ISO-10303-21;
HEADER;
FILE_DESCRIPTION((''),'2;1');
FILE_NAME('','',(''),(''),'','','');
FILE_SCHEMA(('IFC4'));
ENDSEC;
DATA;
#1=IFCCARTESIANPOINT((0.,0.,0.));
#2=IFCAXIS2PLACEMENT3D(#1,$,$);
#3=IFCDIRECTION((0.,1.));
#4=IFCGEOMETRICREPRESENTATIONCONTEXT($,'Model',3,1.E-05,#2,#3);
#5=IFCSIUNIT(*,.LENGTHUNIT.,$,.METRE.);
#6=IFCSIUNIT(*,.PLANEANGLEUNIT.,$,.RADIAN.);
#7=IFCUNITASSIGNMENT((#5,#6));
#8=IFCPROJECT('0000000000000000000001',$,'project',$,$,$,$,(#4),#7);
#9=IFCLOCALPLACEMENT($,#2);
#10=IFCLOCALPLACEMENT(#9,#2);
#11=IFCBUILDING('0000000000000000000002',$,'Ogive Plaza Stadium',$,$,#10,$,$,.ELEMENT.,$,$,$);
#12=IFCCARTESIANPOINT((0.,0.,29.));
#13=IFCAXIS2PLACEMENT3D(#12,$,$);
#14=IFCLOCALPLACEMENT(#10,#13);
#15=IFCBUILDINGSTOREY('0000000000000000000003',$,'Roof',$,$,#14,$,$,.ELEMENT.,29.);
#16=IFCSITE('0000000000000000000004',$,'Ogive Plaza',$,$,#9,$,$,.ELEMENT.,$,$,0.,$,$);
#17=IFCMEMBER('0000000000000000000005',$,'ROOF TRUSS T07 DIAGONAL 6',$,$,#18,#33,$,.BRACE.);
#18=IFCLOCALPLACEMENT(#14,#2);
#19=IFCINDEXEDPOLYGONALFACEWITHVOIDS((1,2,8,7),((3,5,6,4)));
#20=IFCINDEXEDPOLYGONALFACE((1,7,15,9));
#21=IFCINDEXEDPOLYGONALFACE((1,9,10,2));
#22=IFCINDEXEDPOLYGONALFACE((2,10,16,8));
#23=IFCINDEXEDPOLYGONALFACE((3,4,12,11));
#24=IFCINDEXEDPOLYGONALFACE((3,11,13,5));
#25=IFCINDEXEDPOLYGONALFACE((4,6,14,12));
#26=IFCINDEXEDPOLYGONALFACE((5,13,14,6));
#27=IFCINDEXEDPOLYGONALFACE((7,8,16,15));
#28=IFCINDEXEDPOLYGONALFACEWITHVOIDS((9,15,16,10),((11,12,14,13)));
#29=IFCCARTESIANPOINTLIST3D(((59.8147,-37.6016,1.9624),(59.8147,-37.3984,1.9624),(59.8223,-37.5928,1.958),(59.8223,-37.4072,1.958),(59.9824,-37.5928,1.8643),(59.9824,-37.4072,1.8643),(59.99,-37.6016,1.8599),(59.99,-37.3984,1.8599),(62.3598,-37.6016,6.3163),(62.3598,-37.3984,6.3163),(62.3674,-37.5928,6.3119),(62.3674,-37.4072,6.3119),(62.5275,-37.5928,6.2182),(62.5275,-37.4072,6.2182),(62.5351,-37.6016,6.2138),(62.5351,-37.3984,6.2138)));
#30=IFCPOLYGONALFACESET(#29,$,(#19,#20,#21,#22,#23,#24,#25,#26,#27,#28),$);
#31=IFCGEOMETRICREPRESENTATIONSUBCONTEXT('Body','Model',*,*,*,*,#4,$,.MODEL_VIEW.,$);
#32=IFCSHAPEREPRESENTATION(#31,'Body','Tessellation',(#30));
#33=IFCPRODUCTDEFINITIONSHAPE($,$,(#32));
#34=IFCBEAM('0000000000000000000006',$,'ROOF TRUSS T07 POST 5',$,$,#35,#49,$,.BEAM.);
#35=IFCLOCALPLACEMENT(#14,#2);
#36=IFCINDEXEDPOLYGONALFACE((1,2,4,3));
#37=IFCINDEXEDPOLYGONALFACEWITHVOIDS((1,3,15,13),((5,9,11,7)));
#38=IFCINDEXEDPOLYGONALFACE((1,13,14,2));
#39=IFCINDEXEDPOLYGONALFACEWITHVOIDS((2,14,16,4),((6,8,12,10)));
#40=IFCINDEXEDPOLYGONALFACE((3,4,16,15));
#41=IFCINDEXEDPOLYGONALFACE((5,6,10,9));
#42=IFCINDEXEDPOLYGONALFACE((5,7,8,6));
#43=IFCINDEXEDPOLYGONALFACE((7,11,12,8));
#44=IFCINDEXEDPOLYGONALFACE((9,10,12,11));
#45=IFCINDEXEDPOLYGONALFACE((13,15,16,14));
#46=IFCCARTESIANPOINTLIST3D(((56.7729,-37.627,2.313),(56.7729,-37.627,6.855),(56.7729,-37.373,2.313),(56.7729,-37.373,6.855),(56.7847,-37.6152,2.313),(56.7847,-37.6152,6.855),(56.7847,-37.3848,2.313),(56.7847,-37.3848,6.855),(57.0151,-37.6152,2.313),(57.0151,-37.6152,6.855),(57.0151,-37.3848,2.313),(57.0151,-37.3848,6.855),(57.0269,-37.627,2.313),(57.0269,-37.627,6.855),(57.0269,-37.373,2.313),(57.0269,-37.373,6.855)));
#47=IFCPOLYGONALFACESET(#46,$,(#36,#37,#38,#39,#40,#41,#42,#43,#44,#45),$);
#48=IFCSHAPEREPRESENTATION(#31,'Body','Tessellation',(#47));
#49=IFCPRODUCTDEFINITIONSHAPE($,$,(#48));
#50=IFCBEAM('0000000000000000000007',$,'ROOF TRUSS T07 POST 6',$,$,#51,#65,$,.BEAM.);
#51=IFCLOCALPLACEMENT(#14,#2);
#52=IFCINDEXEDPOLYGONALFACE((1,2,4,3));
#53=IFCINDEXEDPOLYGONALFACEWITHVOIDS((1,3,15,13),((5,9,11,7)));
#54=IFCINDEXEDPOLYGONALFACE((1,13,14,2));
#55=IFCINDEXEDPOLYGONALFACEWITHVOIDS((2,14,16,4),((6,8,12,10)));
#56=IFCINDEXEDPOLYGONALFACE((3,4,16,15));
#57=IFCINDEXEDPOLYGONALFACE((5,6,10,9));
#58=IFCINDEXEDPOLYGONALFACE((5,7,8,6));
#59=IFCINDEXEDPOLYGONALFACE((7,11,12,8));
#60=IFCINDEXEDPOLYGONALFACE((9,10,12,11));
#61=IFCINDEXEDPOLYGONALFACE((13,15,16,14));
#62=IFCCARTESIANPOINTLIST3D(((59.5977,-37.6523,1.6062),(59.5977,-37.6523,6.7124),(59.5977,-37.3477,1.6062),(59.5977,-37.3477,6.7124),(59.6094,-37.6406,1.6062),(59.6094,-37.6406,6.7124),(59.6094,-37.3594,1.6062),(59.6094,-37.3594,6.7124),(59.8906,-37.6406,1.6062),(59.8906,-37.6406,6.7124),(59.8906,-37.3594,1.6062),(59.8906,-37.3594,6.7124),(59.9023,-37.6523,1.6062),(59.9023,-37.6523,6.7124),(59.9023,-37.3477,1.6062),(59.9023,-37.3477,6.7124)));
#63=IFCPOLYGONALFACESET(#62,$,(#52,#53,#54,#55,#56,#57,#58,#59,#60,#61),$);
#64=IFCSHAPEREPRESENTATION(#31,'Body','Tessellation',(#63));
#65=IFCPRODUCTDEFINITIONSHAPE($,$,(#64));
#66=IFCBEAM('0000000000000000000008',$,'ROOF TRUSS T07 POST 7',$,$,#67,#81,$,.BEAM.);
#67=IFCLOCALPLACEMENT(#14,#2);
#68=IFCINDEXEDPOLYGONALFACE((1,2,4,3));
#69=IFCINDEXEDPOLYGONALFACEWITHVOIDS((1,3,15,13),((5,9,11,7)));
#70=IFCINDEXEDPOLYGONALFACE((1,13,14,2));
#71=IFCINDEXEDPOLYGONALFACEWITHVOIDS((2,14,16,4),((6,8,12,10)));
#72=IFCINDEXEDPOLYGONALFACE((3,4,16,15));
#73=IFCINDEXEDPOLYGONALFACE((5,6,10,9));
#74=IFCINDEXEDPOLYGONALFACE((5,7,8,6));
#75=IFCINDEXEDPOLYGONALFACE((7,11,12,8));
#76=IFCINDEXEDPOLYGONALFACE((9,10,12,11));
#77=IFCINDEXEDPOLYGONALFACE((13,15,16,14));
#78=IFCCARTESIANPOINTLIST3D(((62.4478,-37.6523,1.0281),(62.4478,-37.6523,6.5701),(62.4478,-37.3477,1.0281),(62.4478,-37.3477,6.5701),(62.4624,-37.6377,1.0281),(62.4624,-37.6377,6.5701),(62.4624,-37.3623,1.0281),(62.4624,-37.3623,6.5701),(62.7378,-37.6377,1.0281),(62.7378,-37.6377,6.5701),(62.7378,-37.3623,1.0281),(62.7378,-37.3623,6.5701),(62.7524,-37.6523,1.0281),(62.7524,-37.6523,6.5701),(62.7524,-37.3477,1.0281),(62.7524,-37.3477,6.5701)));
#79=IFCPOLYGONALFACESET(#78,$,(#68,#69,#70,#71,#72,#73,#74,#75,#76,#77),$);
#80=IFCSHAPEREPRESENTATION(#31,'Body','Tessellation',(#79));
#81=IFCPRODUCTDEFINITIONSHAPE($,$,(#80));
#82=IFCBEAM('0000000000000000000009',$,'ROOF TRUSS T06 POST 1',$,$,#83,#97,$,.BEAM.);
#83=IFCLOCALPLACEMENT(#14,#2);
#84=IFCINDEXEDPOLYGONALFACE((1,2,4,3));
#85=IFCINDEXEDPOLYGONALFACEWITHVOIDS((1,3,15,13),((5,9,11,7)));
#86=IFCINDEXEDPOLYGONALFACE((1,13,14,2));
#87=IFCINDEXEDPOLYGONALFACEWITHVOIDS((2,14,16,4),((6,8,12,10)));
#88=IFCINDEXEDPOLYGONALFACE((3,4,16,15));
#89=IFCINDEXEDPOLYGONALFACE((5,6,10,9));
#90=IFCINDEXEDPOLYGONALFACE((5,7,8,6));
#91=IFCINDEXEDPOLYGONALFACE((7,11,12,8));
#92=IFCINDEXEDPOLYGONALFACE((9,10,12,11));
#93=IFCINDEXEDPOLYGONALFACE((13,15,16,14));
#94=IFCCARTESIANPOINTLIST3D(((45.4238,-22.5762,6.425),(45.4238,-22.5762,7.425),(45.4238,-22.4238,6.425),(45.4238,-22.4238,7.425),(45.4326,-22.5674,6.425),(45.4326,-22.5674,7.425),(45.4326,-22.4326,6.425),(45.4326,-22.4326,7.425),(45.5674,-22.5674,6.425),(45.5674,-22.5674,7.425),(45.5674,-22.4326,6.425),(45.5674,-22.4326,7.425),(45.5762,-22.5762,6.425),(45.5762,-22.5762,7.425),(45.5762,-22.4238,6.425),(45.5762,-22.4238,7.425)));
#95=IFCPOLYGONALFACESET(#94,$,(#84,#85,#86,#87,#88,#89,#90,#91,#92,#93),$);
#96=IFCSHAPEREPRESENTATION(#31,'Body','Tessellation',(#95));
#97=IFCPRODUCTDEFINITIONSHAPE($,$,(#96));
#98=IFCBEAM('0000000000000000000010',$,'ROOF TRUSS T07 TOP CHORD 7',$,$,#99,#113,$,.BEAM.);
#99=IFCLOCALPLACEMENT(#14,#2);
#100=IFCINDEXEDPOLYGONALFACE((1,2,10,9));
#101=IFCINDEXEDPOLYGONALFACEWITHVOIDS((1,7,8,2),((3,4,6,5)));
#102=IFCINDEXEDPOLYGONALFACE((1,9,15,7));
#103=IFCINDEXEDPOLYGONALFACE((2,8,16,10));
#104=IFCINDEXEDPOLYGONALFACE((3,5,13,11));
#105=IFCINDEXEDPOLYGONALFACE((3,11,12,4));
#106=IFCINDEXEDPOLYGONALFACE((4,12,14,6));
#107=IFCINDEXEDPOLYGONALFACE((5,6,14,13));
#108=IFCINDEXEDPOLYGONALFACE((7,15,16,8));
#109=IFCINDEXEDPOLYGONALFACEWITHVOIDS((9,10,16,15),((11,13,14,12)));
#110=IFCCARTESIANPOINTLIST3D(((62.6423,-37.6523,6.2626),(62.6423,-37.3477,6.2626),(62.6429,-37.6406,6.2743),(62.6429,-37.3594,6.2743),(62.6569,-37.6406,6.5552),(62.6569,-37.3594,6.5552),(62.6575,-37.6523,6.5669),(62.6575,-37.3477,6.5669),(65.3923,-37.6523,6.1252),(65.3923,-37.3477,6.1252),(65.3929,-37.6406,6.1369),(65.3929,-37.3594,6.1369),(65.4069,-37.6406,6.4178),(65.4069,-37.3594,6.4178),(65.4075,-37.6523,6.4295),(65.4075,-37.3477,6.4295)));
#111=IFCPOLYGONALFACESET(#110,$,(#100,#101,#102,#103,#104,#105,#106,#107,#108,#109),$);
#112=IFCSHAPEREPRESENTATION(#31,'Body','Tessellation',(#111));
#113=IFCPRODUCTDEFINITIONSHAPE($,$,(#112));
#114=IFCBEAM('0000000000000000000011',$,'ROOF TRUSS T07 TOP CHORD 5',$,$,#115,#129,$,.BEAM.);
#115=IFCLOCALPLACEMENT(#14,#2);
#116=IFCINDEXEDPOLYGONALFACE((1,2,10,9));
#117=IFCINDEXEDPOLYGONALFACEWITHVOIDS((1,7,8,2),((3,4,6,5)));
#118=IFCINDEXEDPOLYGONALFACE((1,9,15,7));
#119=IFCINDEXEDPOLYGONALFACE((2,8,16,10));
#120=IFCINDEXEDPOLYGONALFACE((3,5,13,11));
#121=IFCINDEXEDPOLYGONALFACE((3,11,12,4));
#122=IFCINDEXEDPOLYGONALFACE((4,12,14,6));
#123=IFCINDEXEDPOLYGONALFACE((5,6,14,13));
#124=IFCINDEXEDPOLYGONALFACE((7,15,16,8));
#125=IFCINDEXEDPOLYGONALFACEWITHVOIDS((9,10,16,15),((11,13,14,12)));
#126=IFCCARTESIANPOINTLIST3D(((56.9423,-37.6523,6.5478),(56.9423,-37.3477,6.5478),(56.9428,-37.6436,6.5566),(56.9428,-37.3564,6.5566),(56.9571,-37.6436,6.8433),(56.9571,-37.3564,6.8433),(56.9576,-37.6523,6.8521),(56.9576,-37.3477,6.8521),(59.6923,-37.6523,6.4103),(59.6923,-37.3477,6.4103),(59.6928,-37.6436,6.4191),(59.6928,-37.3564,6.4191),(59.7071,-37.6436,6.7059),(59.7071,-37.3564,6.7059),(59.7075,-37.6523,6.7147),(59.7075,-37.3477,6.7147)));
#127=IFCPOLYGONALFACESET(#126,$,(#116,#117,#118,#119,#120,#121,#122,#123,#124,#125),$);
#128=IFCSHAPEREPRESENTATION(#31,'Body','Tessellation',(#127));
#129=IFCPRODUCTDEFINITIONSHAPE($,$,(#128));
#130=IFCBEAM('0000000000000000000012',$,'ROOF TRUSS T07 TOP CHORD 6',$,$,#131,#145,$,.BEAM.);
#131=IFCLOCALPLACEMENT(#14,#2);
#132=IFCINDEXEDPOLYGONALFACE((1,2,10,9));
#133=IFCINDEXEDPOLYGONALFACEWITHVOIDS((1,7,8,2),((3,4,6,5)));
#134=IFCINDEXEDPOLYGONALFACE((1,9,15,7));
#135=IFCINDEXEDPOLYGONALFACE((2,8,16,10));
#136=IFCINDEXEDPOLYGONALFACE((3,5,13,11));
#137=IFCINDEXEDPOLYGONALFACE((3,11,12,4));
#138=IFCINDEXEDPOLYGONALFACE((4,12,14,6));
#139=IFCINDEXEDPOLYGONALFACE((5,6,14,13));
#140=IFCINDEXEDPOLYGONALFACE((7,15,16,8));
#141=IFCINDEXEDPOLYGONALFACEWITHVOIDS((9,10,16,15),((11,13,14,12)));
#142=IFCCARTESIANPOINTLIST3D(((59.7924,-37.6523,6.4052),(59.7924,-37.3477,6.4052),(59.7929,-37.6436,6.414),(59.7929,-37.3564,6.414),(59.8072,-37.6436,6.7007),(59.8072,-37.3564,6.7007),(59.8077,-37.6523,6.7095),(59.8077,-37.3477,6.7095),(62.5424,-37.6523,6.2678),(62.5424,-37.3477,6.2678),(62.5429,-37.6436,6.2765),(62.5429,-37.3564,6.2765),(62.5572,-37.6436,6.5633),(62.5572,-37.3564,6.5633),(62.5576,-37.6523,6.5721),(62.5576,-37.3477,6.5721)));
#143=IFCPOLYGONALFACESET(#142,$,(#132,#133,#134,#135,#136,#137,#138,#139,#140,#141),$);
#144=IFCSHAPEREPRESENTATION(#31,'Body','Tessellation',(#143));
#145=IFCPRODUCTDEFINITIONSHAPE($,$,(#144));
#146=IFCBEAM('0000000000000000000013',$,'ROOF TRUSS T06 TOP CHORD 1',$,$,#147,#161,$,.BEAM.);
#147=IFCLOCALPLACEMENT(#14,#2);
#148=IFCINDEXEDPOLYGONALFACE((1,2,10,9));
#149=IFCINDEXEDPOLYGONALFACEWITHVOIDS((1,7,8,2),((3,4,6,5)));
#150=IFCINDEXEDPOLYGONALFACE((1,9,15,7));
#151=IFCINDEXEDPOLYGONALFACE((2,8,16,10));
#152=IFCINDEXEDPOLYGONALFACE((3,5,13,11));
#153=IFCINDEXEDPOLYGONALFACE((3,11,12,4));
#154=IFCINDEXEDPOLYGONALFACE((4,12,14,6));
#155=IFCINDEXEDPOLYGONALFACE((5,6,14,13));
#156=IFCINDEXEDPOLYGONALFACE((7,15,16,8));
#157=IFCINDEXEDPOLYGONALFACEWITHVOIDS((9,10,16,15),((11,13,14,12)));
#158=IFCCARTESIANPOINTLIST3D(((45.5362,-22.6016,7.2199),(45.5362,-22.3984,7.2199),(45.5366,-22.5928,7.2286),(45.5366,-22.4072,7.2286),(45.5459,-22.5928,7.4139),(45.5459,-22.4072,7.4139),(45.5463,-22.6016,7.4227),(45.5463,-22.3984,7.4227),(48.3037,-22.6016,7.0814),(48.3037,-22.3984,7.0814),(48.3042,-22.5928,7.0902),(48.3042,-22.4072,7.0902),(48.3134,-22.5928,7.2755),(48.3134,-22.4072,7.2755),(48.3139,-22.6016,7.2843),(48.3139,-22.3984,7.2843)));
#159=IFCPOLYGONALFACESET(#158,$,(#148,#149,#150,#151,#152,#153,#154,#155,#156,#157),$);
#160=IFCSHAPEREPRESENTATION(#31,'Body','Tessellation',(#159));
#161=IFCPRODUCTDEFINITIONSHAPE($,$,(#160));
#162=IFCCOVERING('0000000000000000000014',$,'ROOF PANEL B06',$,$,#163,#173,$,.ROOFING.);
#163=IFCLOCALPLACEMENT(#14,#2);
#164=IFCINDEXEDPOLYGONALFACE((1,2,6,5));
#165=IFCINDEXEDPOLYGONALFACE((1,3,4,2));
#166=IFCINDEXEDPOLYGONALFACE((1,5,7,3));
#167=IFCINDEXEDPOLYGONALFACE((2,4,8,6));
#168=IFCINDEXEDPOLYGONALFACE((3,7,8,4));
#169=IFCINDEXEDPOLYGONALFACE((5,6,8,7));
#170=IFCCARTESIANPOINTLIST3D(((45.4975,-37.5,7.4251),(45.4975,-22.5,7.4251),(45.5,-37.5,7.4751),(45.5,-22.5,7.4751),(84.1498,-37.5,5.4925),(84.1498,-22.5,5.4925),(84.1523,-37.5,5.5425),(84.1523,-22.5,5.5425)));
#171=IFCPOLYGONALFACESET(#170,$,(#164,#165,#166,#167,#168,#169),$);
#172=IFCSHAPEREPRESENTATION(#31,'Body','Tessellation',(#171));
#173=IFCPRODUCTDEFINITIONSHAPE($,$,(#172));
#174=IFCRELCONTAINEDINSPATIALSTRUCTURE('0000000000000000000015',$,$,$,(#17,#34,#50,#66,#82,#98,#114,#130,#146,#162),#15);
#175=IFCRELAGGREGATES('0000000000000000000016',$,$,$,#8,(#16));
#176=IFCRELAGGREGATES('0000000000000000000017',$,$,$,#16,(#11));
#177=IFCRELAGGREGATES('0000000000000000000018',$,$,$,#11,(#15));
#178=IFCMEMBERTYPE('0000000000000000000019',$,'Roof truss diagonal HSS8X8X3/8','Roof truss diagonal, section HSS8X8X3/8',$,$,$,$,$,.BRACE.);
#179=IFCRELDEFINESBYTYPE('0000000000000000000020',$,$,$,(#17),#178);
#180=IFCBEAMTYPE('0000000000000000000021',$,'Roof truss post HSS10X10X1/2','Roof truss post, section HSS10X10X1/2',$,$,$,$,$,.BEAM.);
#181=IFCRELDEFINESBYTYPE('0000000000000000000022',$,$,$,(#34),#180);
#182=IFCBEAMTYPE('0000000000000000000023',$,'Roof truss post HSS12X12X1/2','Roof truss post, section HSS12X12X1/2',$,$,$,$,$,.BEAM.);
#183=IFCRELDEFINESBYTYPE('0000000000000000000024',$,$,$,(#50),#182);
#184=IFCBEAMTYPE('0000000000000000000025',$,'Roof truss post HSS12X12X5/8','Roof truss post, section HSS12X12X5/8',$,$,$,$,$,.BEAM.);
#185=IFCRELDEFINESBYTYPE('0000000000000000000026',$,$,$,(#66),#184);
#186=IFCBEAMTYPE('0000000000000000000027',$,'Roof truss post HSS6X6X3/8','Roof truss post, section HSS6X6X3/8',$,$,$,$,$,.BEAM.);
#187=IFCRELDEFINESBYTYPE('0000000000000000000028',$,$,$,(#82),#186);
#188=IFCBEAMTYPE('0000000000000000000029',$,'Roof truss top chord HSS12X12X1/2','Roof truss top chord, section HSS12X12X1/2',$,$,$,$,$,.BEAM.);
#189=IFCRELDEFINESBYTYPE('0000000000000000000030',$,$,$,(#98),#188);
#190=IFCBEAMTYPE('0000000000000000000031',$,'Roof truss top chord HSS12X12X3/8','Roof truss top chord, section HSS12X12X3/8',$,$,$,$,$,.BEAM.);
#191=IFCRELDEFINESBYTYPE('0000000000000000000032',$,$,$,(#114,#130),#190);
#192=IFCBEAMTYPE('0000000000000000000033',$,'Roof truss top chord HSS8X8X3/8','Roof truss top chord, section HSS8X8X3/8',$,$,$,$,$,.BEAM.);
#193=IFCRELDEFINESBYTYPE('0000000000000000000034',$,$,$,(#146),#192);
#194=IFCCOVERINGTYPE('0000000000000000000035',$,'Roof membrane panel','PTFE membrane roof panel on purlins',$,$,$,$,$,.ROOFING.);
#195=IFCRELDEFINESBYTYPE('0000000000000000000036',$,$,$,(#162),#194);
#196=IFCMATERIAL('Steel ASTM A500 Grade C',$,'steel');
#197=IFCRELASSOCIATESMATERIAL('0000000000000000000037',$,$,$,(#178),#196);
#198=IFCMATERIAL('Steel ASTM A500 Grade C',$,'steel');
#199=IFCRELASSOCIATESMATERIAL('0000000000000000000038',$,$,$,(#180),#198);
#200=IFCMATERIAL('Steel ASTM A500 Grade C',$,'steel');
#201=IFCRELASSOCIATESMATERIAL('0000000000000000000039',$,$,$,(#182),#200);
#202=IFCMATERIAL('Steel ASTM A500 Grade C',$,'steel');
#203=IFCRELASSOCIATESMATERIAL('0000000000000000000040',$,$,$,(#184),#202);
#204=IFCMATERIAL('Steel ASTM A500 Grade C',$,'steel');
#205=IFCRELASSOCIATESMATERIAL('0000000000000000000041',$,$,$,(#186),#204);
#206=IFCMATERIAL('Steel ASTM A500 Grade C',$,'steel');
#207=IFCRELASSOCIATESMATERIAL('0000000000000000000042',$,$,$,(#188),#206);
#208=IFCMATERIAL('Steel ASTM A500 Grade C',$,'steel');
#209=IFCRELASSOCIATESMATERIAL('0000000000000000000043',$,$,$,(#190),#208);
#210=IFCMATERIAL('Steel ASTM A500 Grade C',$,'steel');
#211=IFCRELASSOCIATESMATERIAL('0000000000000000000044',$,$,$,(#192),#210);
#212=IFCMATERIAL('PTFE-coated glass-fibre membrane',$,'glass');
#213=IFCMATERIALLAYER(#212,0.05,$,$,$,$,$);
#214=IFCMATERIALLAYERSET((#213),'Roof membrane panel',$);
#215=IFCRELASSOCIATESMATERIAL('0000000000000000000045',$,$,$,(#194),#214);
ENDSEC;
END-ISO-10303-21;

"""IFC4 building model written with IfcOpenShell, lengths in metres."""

from ifc_helpers import new_model, si_unit, direction, frame, origin, origin_2d, place, context, subcontext, project, spatial, polyline, hollow_rectangle, outline, extrude, material, layer, layer_set, material_profile, profile_set, type_object, element, save


model = new_model("IFC4")

# Units and contexts
model_context = context("Model", 3, precision=1e-05, world=origin(), true_north=direction((0.0, 1.0)))
body_context = subcontext(model_context, "Body", "Model", "MODEL_VIEW")
ifc_project = project(units=[si_unit("LENGTHUNIT", "METRE"), si_unit("PLANEANGLEUNIT", "RADIAN")], contexts=[model_context])

# Site, building, storey
site_placement = place(None, origin())
site = spatial("IfcSite", under=ifc_project, at=site_placement, Name="Ogive Plaza", CompositionType="ELEMENT", RefElevation=0.0)
building_placement = place(site_placement, origin())
building = spatial("IfcBuilding", under=site, at=building_placement, Name="Ogive Plaza Stadium", CompositionType="ELEMENT")
storey_placement = place(building_placement, frame((0.0, 0.0, 29.0)))
storey = spatial("IfcBuildingStorey", under=building, at=storey_placement, Name="Roof", CompositionType="ELEMENT", Elevation=29.0)

# Member
ifc_material_1 = material(Name="Steel ASTM A500 Grade C", Category="steel")
ifc_material_profile_1 = material_profile(ifc_material_1, hollow_rectangle(XDim=0.2031, YDim=0.2031, WallThickness=0.0088, at=origin_2d()), Name="HSS8X8X3/8")
ifc_profile_set_1 = profile_set([ifc_material_profile_1], Name="Steel ASTM A500 Grade C")
member_type_1 = type_object("IfcMemberType", Name="Roof truss diagonal HSS8X8X3/8", Description="Roof truss diagonal, section HSS8X8X3/8", PredefinedType="BRACE", material=ifc_profile_set_1)
member_1_placement = place(storey_placement, frame((59.9023, -37.5, 1.9111), z_axis=(0.504659, 0.0, 0.863319), x_axis=(0.0, 1.0, 0.0)))
element("IfcMember", 1, at=member_1_placement, inside=storey, type_object=member_type_1, Name="ROOF TRUSS T07 DIAGONAL 6", PredefinedType="BRACE", context=body_context, shape_type="SweptSolid", body=[
    extrude(hollow_rectangle(XDim=0.2031, YDim=0.2031, WallThickness=0.0088, at=origin_2d()), origin(), (0.0, 0.0, 1.0), 5.0432),
])

# Beams
ifc_material_2 = material(Name="Steel ASTM A500 Grade C", Category="steel")
ifc_material_profile_2 = material_profile(ifc_material_2, hollow_rectangle(XDim=0.2539, YDim=0.2539, WallThickness=0.0117, at=origin_2d()), Name="HSS10X10X1/2")
ifc_profile_set_2 = profile_set([ifc_material_profile_2], Name="Steel ASTM A500 Grade C")
beam_type_1 = type_object("IfcBeamType", Name="Roof truss post HSS10X10X1/2", Description="Roof truss post, section HSS10X10X1/2", PredefinedType="BEAM", material=ifc_profile_set_2)
beam_1_placement = place(storey_placement, frame((56.8999, -37.5, 2.313), z_axis=(0.0, 0.0, 1.0), x_axis=(0.0, 1.0, 0.0)))
element("IfcBeam", 2, at=beam_1_placement, inside=storey, type_object=beam_type_1, Name="ROOF TRUSS T07 POST 5", PredefinedType="BEAM", context=body_context, shape_type="SweptSolid", body=[
    extrude(hollow_rectangle(XDim=0.2539, YDim=0.2539, WallThickness=0.0117, at=origin_2d()), origin(), (0.0, 0.0, 1.0), 4.542),
])
ifc_material_3 = material(Name="Steel ASTM A500 Grade C", Category="steel")
ifc_material_profile_3 = material_profile(ifc_material_3, hollow_rectangle(XDim=0.3047, YDim=0.3047, WallThickness=0.0117, at=origin_2d()), Name="HSS12X12X1/2")
ifc_profile_set_3 = profile_set([ifc_material_profile_3], Name="Steel ASTM A500 Grade C")
beam_type_2 = type_object("IfcBeamType", Name="Roof truss post HSS12X12X1/2", Description="Roof truss post, section HSS12X12X1/2", PredefinedType="BEAM", material=ifc_profile_set_3)
beam_2_placement = place(storey_placement, frame((59.75, -37.5, 1.6062), z_axis=(0.0, 0.0, 1.0), x_axis=(0.0, 1.0, 0.0)))
element("IfcBeam", 3, at=beam_2_placement, inside=storey, type_object=beam_type_2, Name="ROOF TRUSS T07 POST 6", PredefinedType="BEAM", context=body_context, shape_type="SweptSolid", body=[
    extrude(hollow_rectangle(XDim=0.3047, YDim=0.3047, WallThickness=0.0117, at=origin_2d()), origin(), (0.0, 0.0, 1.0), 5.1062),
])
ifc_material_4 = material(Name="Steel ASTM A500 Grade C", Category="steel")
ifc_material_profile_4 = material_profile(ifc_material_4, hollow_rectangle(XDim=0.3047, YDim=0.3047, WallThickness=0.0146, at=origin_2d()), Name="HSS12X12X5/8")
ifc_profile_set_4 = profile_set([ifc_material_profile_4], Name="Steel ASTM A500 Grade C")
beam_type_3 = type_object("IfcBeamType", Name="Roof truss post HSS12X12X5/8", Description="Roof truss post, section HSS12X12X5/8", PredefinedType="BEAM", material=ifc_profile_set_4)
beam_3_placement = place(storey_placement, frame((62.6001, -37.5, 1.0281), z_axis=(0.0, 0.0, 1.0), x_axis=(0.0, 1.0, 0.0)))
element("IfcBeam", 4, at=beam_3_placement, inside=storey, type_object=beam_type_3, Name="ROOF TRUSS T07 POST 7", PredefinedType="BEAM", context=body_context, shape_type="SweptSolid", body=[
    extrude(hollow_rectangle(XDim=0.3047, YDim=0.3047, WallThickness=0.0146, at=origin_2d()), origin(), (0.0, 0.0, 1.0), 5.542),
])
ifc_material_5 = material(Name="Steel ASTM A500 Grade C", Category="steel")
ifc_material_profile_5 = material_profile(ifc_material_5, hollow_rectangle(XDim=0.1523, YDim=0.1523, WallThickness=0.0088, at=origin_2d()), Name="HSS6X6X3/8")
ifc_profile_set_5 = profile_set([ifc_material_profile_5], Name="Steel ASTM A500 Grade C")
beam_type_4 = type_object("IfcBeamType", Name="Roof truss post HSS6X6X3/8", Description="Roof truss post, section HSS6X6X3/8", PredefinedType="BEAM", material=ifc_profile_set_5)
beam_4_placement = place(storey_placement, frame((45.5, -22.5, 6.425), z_axis=(0.0, 0.0, 1.0), x_axis=(0.0, 1.0, 0.0)))
element("IfcBeam", 5, at=beam_4_placement, inside=storey, type_object=beam_type_4, Name="ROOF TRUSS T06 POST 1", PredefinedType="BEAM", context=body_context, shape_type="SweptSolid", body=[
    extrude(hollow_rectangle(XDim=0.1523, YDim=0.1523, WallThickness=0.0088, at=origin_2d()), origin(), (0.0, 0.0, 1.0), 1.0),
])
ifc_material_6 = material(Name="Steel ASTM A500 Grade C", Category="steel")
ifc_material_profile_6 = material_profile(ifc_material_6, hollow_rectangle(XDim=0.3047, YDim=0.3047, WallThickness=0.0117, at=origin_2d()), Name="HSS12X12X1/2")
ifc_profile_set_6 = profile_set([ifc_material_profile_6], Name="Steel ASTM A500 Grade C")
beam_type_5 = type_object("IfcBeamType", Name="Roof truss top chord HSS12X12X1/2", Description="Roof truss top chord, section HSS12X12X1/2", PredefinedType="BEAM", material=ifc_profile_set_6)
beam_5_placement = place(storey_placement, frame((62.6499, -37.5, 6.4148), z_axis=(0.998753, 0.0, -0.04992), x_axis=(0.0, 1.0, 0.0)))
element("IfcBeam", 6, at=beam_5_placement, inside=storey, type_object=beam_type_5, Name="ROOF TRUSS T07 TOP CHORD 7", PredefinedType="BEAM", context=body_context, shape_type="SweptSolid", body=[
    extrude(hollow_rectangle(XDim=0.3047, YDim=0.3047, WallThickness=0.0117, at=origin_2d()), origin(), (0.0, 0.0, 1.0), 2.7534),
])
ifc_material_7 = material(Name="Steel ASTM A500 Grade C", Category="steel")
ifc_material_profile_7 = material_profile(ifc_material_7, hollow_rectangle(XDim=0.3047, YDim=0.3047, WallThickness=0.0088, at=origin_2d()), Name="HSS12X12X3/8")
ifc_profile_set_7 = profile_set([ifc_material_profile_7], Name="Steel ASTM A500 Grade C")
beam_type_6 = type_object("IfcBeamType", Name="Roof truss top chord HSS12X12X3/8", Description="Roof truss top chord, section HSS12X12X3/8", PredefinedType="BEAM", material=ifc_profile_set_7)
for number, where, z_axis, x_axis, name in (
    (7, (56.95, -37.5, 6.7), (0.998753, 0.0, -0.04992), (0.0, 1.0, 0.0), "ROOF TRUSS T07 TOP CHORD 5"),
    (8, (59.8, -37.5, 6.5574), (0.998753, 0.0, -0.04992), (0.0, 1.0, 0.0), "ROOF TRUSS T07 TOP CHORD 6"),
):
    element("IfcBeam", number, at=place(storey_placement, frame(where, z_axis=z_axis, x_axis=x_axis)), inside=storey, type_object=beam_type_6, Name=name, PredefinedType="BEAM", context=body_context, shape_type="SweptSolid", body=[
        extrude(hollow_rectangle(XDim=0.3047, YDim=0.3047, WallThickness=0.0088, at=origin_2d()), origin(), (0.0, 0.0, 1.0), 2.7534),
    ])
ifc_material_8 = material(Name="Steel ASTM A500 Grade C", Category="steel")
ifc_material_profile_8 = material_profile(ifc_material_8, hollow_rectangle(XDim=0.2031, YDim=0.2031, WallThickness=0.0088, at=origin_2d()), Name="HSS8X8X3/8")
ifc_profile_set_8 = profile_set([ifc_material_profile_8], Name="Steel ASTM A500 Grade C")
beam_type_7 = type_object("IfcBeamType", Name="Roof truss top chord HSS8X8X3/8", Description="Roof truss top chord, section HSS8X8X3/8", PredefinedType="BEAM", material=ifc_profile_set_8)
beam_6_placement = place(storey_placement, frame((45.5413, -22.5, 7.3213), z_axis=(0.998751, 0.0, -0.049955), x_axis=(0.0, 1.0, 0.0)))
element("IfcBeam", 9, at=beam_6_placement, inside=storey, type_object=beam_type_7, Name="ROOF TRUSS T06 TOP CHORD 1", PredefinedType="BEAM", context=body_context, shape_type="SweptSolid", body=[
    extrude(hollow_rectangle(XDim=0.2031, YDim=0.2031, WallThickness=0.0088, at=origin_2d()), origin(), (0.0, 0.0, 1.0), 2.771),
])

# Covering
ifc_material_9 = material(Name="PTFE-coated glass-fibre membrane", Category="glass")
ifc_layer_1 = layer(ifc_material_9, 0.05)
ifc_layer_set_1 = layer_set([ifc_layer_1], Name="Roof membrane panel")
covering_type = type_object("IfcCoveringType", Name="Roof membrane panel", Description="PTFE membrane roof panel on purlins", PredefinedType="ROOFING", material=ifc_layer_set_1)
covering_placement = place(storey_placement, frame((45.5, -22.5, 7.4751), z_axis=(0.049938, 0.0, 0.998752), x_axis=(0.998752, 0.0, -0.049938)))
element("IfcCovering", 10, at=covering_placement, inside=storey, type_object=covering_type, Name="ROOF PANEL B06", PredefinedType="ROOFING", context=body_context, shape_type="SweptSolid", body=[
    extrude(outline(polyline([(0.0, 0.0), (38.7006, 0.0), (38.7006, -15.0), (0.0, -15.0), (0.0, 0.0)])), origin(), (0.0, 0.0, -1.0), 0.05),
])

save(model, "model.ifc")
